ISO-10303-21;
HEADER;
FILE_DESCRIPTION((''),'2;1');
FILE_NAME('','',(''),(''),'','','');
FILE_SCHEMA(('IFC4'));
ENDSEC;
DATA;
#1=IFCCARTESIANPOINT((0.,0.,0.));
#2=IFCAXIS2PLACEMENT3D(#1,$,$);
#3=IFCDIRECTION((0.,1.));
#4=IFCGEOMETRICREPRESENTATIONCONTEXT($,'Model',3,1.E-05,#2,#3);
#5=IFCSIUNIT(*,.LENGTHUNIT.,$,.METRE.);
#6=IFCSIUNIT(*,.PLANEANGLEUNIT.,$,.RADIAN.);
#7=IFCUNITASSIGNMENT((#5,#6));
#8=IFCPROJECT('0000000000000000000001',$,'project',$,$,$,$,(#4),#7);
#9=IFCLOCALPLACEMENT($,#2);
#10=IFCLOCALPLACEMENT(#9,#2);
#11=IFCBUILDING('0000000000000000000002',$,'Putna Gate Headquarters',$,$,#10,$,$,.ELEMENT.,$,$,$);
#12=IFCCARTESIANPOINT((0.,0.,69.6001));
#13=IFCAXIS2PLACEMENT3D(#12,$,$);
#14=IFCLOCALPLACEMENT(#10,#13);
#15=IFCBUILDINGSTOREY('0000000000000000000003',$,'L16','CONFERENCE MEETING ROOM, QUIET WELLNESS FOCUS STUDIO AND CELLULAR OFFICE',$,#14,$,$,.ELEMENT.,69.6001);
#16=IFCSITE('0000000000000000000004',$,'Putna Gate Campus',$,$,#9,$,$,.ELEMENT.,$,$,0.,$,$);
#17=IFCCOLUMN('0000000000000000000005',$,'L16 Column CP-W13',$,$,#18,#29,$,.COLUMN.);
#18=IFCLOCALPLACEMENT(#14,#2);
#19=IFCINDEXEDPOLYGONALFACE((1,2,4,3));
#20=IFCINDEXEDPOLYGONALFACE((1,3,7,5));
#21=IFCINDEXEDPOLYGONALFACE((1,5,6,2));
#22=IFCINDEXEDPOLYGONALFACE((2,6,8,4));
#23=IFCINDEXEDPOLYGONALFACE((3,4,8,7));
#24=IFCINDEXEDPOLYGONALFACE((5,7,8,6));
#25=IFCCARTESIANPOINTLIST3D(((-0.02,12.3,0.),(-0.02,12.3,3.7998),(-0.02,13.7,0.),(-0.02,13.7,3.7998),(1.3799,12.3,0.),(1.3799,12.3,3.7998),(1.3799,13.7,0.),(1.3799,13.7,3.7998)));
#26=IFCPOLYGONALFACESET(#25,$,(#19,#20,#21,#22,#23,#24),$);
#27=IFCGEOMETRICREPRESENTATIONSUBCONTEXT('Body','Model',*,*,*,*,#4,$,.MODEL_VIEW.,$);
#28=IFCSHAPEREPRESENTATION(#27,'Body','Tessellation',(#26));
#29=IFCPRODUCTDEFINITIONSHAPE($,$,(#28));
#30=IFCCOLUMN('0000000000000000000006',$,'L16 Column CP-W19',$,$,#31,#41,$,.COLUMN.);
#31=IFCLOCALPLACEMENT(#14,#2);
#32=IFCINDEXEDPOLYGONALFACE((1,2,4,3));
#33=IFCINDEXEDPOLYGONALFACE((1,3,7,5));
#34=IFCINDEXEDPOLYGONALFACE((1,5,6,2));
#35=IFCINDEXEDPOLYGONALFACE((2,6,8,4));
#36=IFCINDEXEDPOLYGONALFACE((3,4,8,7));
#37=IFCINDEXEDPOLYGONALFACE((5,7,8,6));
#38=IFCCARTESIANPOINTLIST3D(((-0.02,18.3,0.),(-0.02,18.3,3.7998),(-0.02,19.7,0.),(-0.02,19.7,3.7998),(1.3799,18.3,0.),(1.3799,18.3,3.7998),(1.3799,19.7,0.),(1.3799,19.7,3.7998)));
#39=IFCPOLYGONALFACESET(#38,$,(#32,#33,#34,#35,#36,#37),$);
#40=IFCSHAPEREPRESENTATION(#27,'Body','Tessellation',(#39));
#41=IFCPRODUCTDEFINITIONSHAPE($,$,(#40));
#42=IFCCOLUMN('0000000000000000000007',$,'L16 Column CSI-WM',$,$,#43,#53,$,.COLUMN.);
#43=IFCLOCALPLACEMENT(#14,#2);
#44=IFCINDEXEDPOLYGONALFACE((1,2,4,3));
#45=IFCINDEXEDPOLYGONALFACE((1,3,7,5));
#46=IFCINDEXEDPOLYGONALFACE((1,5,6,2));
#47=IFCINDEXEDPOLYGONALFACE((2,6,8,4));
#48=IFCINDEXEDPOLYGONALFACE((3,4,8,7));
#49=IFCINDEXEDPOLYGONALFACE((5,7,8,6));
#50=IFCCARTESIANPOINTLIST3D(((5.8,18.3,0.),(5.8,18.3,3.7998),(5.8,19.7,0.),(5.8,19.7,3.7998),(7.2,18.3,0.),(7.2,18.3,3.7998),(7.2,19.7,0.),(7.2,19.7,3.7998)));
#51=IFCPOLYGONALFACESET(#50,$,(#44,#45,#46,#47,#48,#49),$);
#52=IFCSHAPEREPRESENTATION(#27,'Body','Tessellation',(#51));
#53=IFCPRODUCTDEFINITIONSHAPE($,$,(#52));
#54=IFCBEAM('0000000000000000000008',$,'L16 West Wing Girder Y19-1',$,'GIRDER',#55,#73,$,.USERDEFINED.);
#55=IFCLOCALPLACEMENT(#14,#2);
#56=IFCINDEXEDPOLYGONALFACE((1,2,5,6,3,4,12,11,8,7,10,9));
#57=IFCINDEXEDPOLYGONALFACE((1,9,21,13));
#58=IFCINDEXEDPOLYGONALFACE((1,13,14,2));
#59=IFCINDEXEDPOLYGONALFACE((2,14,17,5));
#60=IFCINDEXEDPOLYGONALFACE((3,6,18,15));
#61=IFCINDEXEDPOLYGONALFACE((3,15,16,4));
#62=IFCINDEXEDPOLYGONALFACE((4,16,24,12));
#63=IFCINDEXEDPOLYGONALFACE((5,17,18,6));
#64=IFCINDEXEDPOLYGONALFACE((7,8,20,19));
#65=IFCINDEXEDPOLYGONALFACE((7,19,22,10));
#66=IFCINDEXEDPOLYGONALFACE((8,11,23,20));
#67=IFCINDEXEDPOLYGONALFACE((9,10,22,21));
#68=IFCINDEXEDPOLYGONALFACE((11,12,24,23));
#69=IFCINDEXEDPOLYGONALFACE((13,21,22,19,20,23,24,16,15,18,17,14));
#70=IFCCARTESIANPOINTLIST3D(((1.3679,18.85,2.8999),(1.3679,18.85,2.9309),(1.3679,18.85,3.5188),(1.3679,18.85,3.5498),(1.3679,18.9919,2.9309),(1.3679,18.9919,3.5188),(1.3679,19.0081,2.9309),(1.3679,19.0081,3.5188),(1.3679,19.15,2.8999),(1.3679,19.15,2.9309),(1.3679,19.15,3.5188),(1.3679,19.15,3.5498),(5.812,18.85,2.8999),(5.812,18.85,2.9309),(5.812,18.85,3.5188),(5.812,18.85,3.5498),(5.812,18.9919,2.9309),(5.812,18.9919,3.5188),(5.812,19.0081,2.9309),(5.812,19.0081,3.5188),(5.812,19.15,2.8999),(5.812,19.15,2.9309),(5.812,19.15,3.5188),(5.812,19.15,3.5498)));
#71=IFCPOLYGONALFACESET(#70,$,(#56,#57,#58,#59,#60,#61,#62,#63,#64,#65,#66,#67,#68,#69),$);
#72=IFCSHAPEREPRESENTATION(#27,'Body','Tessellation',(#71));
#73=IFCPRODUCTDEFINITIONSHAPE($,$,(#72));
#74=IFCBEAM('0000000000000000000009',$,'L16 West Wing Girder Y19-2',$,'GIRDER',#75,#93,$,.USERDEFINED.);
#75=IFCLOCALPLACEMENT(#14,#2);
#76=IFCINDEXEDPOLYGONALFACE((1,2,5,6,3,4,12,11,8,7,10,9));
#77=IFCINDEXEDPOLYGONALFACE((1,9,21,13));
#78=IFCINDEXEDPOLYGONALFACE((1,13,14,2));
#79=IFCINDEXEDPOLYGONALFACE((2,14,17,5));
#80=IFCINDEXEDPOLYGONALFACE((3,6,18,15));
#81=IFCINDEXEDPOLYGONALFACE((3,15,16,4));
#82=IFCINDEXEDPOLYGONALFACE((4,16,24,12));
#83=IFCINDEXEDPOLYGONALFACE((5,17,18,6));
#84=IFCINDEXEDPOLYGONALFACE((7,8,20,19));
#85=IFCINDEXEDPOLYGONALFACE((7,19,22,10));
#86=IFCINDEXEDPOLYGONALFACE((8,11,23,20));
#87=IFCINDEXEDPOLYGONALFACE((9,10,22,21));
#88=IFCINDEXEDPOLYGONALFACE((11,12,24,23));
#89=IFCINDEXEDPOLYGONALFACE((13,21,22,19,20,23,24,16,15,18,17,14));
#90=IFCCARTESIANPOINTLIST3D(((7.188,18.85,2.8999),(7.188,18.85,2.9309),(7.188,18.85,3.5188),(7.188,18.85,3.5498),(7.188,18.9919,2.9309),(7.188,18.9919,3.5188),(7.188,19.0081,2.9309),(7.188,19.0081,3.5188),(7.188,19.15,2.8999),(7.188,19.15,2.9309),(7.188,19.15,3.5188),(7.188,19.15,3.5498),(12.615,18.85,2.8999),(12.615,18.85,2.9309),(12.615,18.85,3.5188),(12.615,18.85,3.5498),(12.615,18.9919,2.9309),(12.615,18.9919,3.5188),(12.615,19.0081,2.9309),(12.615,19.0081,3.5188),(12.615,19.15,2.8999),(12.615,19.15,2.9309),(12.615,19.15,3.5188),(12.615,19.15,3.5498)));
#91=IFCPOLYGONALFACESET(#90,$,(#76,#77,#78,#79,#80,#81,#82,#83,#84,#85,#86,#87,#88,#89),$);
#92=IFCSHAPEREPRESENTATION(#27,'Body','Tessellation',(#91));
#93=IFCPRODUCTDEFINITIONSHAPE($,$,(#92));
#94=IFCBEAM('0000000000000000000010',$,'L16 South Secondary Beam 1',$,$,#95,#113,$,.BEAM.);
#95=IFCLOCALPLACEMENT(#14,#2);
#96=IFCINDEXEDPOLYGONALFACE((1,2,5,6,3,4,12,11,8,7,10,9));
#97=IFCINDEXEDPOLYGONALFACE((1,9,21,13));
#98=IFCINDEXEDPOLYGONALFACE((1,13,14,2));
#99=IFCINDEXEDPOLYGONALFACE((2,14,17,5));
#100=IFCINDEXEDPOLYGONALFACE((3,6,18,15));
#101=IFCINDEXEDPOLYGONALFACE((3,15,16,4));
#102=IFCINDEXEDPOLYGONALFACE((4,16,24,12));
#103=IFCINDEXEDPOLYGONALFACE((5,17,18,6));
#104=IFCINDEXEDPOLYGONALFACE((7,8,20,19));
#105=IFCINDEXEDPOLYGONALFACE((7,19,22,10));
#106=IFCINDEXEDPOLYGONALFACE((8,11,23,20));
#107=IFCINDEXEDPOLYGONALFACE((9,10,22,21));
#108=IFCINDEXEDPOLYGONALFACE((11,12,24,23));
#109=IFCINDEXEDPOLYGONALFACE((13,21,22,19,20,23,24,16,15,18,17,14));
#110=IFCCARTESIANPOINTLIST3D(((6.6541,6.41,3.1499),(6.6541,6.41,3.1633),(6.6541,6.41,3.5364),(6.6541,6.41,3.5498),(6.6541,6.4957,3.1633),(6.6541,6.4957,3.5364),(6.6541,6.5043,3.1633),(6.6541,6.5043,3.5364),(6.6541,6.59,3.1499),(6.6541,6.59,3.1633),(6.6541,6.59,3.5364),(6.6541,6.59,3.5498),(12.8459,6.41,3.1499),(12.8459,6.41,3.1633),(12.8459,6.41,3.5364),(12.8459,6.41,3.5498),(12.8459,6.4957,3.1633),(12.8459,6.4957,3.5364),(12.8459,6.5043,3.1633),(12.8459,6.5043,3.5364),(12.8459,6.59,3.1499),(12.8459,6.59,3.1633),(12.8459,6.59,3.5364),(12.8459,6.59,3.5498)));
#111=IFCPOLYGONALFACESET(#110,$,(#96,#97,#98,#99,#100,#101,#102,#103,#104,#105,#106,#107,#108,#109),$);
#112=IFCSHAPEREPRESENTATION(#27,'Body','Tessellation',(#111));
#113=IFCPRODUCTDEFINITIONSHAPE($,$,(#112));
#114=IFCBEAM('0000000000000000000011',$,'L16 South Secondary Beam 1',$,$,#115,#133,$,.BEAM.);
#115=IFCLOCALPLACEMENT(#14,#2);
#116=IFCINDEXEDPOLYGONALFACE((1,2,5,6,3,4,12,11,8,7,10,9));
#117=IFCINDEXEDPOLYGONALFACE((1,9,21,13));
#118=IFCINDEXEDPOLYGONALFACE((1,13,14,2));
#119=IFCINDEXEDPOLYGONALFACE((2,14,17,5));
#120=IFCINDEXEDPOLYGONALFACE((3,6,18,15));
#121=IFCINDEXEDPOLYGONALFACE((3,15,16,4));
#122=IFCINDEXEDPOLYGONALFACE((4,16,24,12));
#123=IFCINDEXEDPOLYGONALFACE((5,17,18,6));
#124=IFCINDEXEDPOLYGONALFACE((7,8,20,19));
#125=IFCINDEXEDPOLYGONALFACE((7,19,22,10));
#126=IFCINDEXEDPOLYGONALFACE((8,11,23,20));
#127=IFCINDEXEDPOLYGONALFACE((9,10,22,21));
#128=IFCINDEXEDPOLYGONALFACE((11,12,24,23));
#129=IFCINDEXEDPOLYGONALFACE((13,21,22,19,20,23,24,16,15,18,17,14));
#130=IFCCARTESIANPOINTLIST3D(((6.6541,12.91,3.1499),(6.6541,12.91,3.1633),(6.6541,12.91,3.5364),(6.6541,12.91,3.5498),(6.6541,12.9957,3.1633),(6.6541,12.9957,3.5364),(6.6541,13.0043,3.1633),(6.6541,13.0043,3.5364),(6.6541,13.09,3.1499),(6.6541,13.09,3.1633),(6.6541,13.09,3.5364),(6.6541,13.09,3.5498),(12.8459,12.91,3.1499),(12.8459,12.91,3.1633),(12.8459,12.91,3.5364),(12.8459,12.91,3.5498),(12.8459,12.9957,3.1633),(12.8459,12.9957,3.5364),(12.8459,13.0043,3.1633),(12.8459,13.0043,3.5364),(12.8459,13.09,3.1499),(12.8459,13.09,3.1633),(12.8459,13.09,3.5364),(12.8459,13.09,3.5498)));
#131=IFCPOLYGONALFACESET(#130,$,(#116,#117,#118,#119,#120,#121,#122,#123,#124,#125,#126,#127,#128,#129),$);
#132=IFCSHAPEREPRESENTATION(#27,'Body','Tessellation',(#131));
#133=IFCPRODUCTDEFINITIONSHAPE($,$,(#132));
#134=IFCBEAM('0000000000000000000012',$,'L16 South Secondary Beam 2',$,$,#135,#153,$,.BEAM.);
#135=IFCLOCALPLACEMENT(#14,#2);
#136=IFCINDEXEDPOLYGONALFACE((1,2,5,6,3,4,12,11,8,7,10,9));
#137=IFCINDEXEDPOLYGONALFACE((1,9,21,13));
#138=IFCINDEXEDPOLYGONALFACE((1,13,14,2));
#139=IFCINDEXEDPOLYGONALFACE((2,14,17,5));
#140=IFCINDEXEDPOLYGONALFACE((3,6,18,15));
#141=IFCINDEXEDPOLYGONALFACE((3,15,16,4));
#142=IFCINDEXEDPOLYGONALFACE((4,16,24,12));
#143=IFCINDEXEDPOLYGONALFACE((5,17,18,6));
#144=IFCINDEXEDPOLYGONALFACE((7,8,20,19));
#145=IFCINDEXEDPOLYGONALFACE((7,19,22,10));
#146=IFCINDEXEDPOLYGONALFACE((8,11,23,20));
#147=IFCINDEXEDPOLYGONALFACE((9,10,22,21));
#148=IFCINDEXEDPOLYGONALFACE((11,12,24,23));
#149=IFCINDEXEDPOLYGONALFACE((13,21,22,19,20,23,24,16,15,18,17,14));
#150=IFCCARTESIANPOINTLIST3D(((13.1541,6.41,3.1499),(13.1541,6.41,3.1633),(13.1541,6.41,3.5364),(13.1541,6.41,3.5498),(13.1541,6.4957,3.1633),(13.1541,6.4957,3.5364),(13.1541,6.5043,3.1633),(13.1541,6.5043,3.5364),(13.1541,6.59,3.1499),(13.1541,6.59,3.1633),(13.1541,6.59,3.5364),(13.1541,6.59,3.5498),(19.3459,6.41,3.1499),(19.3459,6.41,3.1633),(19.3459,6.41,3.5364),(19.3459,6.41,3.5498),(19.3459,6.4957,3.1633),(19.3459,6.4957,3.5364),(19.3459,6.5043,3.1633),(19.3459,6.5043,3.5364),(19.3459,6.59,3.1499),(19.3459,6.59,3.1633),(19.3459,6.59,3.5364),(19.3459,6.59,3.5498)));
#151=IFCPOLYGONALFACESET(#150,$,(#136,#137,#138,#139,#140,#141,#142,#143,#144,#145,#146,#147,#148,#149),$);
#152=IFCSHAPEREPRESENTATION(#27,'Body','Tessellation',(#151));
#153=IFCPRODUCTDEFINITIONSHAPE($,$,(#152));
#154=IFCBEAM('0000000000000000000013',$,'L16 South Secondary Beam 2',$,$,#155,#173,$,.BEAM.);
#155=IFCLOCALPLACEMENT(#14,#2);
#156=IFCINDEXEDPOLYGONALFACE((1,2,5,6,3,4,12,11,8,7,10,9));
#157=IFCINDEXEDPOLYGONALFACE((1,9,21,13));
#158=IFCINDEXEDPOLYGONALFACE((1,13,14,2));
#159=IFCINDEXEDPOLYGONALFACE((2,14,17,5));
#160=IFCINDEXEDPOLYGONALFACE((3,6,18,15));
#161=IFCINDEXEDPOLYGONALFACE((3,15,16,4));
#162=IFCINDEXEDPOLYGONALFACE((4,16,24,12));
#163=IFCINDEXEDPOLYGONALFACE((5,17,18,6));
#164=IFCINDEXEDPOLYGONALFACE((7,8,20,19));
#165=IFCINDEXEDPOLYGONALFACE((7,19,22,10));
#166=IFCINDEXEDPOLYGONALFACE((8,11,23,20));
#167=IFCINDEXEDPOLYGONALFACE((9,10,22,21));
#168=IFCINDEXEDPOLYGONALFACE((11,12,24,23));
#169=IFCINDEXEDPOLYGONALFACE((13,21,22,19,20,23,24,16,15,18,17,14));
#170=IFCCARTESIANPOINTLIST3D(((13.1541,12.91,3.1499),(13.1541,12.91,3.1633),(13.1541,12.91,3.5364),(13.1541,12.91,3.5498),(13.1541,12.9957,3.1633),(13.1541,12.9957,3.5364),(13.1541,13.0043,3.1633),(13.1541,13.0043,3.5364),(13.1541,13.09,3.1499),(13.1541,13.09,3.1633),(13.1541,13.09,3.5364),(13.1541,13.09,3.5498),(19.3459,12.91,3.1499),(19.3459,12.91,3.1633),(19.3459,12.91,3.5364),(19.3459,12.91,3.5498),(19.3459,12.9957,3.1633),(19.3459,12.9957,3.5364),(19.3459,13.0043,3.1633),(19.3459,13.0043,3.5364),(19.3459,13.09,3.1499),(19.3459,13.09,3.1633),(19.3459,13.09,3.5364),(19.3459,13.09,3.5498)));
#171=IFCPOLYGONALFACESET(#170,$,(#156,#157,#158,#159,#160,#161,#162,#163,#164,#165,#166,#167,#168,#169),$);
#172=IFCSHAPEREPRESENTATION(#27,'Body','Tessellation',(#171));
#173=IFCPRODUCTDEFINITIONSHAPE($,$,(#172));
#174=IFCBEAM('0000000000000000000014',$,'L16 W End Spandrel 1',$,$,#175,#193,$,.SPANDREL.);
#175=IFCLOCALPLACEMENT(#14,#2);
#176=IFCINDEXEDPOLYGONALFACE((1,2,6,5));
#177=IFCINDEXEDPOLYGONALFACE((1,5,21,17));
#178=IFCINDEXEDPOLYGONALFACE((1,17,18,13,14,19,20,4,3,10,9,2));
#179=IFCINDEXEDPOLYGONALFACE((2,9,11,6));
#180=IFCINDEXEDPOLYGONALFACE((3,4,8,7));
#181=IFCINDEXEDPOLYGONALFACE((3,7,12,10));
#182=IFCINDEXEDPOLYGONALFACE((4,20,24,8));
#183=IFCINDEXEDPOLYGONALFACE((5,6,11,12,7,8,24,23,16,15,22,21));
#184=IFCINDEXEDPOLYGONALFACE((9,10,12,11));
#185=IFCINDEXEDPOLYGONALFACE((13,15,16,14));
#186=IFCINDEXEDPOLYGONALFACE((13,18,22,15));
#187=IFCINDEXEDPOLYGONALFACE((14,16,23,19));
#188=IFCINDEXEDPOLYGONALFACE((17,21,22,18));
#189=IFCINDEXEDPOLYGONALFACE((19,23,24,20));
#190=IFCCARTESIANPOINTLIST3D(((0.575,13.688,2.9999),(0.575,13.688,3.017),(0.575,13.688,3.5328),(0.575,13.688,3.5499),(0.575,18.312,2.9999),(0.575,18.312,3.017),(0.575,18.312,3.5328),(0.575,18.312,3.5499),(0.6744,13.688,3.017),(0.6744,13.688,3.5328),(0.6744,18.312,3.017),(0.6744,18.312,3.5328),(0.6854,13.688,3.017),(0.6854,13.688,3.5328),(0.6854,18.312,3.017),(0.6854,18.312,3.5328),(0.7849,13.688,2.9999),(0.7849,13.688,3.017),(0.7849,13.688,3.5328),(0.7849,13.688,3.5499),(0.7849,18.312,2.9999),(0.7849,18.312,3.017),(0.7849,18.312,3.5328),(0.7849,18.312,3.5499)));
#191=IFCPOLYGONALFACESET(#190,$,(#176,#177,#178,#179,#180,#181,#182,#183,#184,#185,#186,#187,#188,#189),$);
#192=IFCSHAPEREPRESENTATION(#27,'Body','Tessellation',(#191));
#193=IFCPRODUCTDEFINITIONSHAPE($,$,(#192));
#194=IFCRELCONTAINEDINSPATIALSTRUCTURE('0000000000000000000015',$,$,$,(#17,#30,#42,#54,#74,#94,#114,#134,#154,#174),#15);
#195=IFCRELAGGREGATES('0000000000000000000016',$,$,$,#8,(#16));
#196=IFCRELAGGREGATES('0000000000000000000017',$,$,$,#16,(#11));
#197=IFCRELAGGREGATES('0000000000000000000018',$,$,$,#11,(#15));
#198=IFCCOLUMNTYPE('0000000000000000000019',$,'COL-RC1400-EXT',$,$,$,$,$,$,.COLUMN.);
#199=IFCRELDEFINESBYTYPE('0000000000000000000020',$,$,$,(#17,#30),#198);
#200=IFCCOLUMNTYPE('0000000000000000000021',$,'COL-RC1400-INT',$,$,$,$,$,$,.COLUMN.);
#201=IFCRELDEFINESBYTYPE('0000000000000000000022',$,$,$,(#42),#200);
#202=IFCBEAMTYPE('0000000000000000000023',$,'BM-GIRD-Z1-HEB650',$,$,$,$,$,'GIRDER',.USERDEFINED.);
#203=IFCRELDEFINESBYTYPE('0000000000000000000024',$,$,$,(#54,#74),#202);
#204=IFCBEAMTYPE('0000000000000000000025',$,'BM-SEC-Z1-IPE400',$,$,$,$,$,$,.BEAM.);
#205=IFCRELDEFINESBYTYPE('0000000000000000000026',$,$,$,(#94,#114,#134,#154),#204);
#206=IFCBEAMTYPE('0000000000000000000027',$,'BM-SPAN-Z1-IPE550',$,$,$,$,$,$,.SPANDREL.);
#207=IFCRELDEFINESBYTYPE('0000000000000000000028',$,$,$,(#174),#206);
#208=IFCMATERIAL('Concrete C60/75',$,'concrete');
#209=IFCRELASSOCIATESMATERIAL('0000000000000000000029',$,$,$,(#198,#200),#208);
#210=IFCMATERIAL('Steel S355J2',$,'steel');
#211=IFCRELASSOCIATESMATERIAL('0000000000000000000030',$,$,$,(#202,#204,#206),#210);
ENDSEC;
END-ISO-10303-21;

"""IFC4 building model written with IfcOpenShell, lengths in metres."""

from ifc_helpers import new_model, si_unit, direction, frame, origin, origin_2d, place, context, subcontext, project, spatial, rectangle, i_section, extrude, material, material_profile, profile_set, type_object, element, save


model = new_model("IFC4")

# Units and contexts
model_context = context("Model", 3, precision=1e-05, world=origin(), true_north=direction((0.0, 1.0)))
body_context = subcontext(model_context, "Body", "Model", "MODEL_VIEW")
ifc_project = project(units=[si_unit("LENGTHUNIT", "METRE"), si_unit("PLANEANGLEUNIT", "RADIAN")], contexts=[model_context])

# Site, building, storey
site_placement = place(None, origin())
site = spatial("IfcSite", under=ifc_project, at=site_placement, Name="Putna Gate Campus", CompositionType="ELEMENT", RefElevation=0.0)
building_placement = place(site_placement, origin())
building = spatial("IfcBuilding", under=site, at=building_placement, Name="Putna Gate Headquarters", CompositionType="ELEMENT")
storey_placement = place(building_placement, frame((0.0, 0.0, 69.6001)))
storey = spatial("IfcBuildingStorey", under=building, at=storey_placement, Name="L16", Description="CONFERENCE MEETING ROOM, QUIET WELLNESS FOCUS STUDIO AND CELLULAR OFFICE", CompositionType="ELEMENT", Elevation=69.6001)

# Columns
ifc_material_1 = material(Name="Concrete C60/75", Category="concrete")
ifc_material_profile_1 = material_profile(ifc_material_1, rectangle(XDim=1.3999, YDim=1.3999, at=origin_2d()), Name="Concrete C60/75")
ifc_profile_set_1 = profile_set([ifc_material_profile_1], Name="Concrete C60/75")
column_type_1 = type_object("IfcColumnType", Name="COL-RC1400-EXT", PredefinedType="COLUMN", material=ifc_profile_set_1)
for number, where, z_axis, x_axis, name in (
    (1, (0.6799, 13.0, 0.0), (0.0, 0.0, 1.0), (1.0, 0.0, 0.0), "L16 Column CP-W13"),
    (2, (0.6799, 19.0, 0.0), (0.0, 0.0, 1.0), (1.0, 0.0, 0.0), "L16 Column CP-W19"),
):
    element("IfcColumn", number, at=place(storey_placement, frame(where, z_axis=z_axis, x_axis=x_axis)), inside=storey, type_object=column_type_1, Name=name, PredefinedType="COLUMN", context=body_context, shape_type="SweptSolid", body=[
        extrude(rectangle(XDim=1.3999, YDim=1.3999, at=origin_2d()), origin(), (0.0, 0.0, 1.0), 3.7998),
    ])
ifc_material_profile_2 = material_profile(ifc_material_1, rectangle(XDim=1.3999, YDim=1.3999, at=origin_2d()), Name="Concrete C60/75")
ifc_profile_set_2 = profile_set([ifc_material_profile_2], Name="Concrete C60/75")
column_type_2 = type_object("IfcColumnType", Name="COL-RC1400-INT", PredefinedType="COLUMN", material=ifc_profile_set_2)
column_placement = place(storey_placement, frame((6.5, 19.0, 0.0), z_axis=(0.0, 0.0, 1.0), x_axis=(1.0, 0.0, 0.0)))
element("IfcColumn", 3, at=column_placement, inside=storey, type_object=column_type_2, Name="L16 Column CSI-WM", PredefinedType="COLUMN", context=body_context, shape_type="SweptSolid", body=[
    extrude(rectangle(XDim=1.3999, YDim=1.3999, at=origin_2d()), origin(), (0.0, 0.0, 1.0), 3.7998),
])

# Beams
ifc_material_2 = material(Name="Steel S355J2", Category="steel")
ifc_material_profile_3 = material_profile(ifc_material_2, i_section(OverallWidth=0.3, OverallDepth=0.6499, WebThickness=0.0161, FlangeThickness=0.031, at=origin_2d()), Name="Steel S355J2")
ifc_profile_set_3 = profile_set([ifc_material_profile_3], Name="Steel S355J2")
beam_type_1 = type_object("IfcBeamType", Name="BM-GIRD-Z1-HEB650", ElementType="GIRDER", PredefinedType="USERDEFINED", material=ifc_profile_set_3)
beam_1_placement = place(storey_placement, frame((1.3679, 19.0, 3.2249), z_axis=(1.0, 0.0, 0.0), x_axis=(0.0, 1.0, 0.0)))
element("IfcBeam", 4, at=beam_1_placement, inside=storey, type_object=beam_type_1, Name="L16 West Wing Girder Y19-1", ObjectType="GIRDER", PredefinedType="USERDEFINED", context=body_context, shape_type="SweptSolid", body=[
    extrude(i_section(OverallWidth=0.3, OverallDepth=0.6499, WebThickness=0.0161, FlangeThickness=0.031, at=origin_2d()), origin(), (0.0, 0.0, 1.0), 4.4441),
])
beam_2_placement = place(storey_placement, frame((7.188, 19.0, 3.2249), z_axis=(1.0, 0.0, 0.0), x_axis=(0.0, 1.0, 0.0)))
element("IfcBeam", 5, at=beam_2_placement, inside=storey, type_object=beam_type_1, Name="L16 West Wing Girder Y19-2", ObjectType="GIRDER", PredefinedType="USERDEFINED", context=body_context, shape_type="SweptSolid", body=[
    extrude(i_section(OverallWidth=0.3, OverallDepth=0.6499, WebThickness=0.0161, FlangeThickness=0.031, at=origin_2d()), origin(), (0.0, 0.0, 1.0), 5.427),
])
ifc_material_profile_4 = material_profile(ifc_material_2, i_section(OverallWidth=0.1799, OverallDepth=0.3999, WebThickness=0.0085, FlangeThickness=0.0134, at=origin_2d()), Name="Steel S355J2")
ifc_profile_set_4 = profile_set([ifc_material_profile_4], Name="Steel S355J2")
beam_type_2 = type_object("IfcBeamType", Name="BM-SEC-Z1-IPE400", PredefinedType="BEAM", material=ifc_profile_set_4)
for number, where, z_axis, x_axis, name in (
    (6, (6.6541, 6.5, 3.3499), (1.0, 0.0, 0.0), (0.0, 1.0, 0.0), "L16 South Secondary Beam 1"),
    (7, (6.6541, 13.0, 3.3499), (1.0, 0.0, 0.0), (0.0, 1.0, 0.0), "L16 South Secondary Beam 1"),
    (8, (13.1541, 6.5, 3.3499), (1.0, 0.0, 0.0), (0.0, 1.0, 0.0), "L16 South Secondary Beam 2"),
    (9, (13.1541, 13.0, 3.3499), (1.0, 0.0, 0.0), (0.0, 1.0, 0.0), "L16 South Secondary Beam 2"),
):
    element("IfcBeam", number, at=place(storey_placement, frame(where, z_axis=z_axis, x_axis=x_axis)), inside=storey, type_object=beam_type_2, Name=name, PredefinedType="BEAM", context=body_context, shape_type="SweptSolid", body=[
        extrude(i_section(OverallWidth=0.1799, OverallDepth=0.3999, WebThickness=0.0085, FlangeThickness=0.0134, at=origin_2d()), origin(), (0.0, 0.0, 1.0), 6.1919),
    ])
ifc_material_profile_5 = material_profile(ifc_material_2, i_section(OverallWidth=0.21, OverallDepth=0.55, WebThickness=0.011, FlangeThickness=0.0171, at=origin_2d()), Name="Steel S355J2")
ifc_profile_set_5 = profile_set([ifc_material_profile_5], Name="Steel S355J2")
beam_type_3 = type_object("IfcBeamType", Name="BM-SPAN-Z1-IPE550", PredefinedType="SPANDREL", material=ifc_profile_set_5)
beam_3_placement = place(storey_placement, frame((0.6799, 13.688, 3.2749), z_axis=(0.0, 1.0, 0.0), x_axis=(-1.0, 0.0, 0.0)))
element("IfcBeam", 10, at=beam_3_placement, inside=storey, type_object=beam_type_3, Name="L16 W End Spandrel 1", PredefinedType="SPANDREL", context=body_context, shape_type="SweptSolid", body=[
    extrude(i_section(OverallWidth=0.21, OverallDepth=0.55, WebThickness=0.011, FlangeThickness=0.0171, at=origin_2d()), origin(), (0.0, 0.0, 1.0), 4.624),
])

save(model, "model.ifc")
